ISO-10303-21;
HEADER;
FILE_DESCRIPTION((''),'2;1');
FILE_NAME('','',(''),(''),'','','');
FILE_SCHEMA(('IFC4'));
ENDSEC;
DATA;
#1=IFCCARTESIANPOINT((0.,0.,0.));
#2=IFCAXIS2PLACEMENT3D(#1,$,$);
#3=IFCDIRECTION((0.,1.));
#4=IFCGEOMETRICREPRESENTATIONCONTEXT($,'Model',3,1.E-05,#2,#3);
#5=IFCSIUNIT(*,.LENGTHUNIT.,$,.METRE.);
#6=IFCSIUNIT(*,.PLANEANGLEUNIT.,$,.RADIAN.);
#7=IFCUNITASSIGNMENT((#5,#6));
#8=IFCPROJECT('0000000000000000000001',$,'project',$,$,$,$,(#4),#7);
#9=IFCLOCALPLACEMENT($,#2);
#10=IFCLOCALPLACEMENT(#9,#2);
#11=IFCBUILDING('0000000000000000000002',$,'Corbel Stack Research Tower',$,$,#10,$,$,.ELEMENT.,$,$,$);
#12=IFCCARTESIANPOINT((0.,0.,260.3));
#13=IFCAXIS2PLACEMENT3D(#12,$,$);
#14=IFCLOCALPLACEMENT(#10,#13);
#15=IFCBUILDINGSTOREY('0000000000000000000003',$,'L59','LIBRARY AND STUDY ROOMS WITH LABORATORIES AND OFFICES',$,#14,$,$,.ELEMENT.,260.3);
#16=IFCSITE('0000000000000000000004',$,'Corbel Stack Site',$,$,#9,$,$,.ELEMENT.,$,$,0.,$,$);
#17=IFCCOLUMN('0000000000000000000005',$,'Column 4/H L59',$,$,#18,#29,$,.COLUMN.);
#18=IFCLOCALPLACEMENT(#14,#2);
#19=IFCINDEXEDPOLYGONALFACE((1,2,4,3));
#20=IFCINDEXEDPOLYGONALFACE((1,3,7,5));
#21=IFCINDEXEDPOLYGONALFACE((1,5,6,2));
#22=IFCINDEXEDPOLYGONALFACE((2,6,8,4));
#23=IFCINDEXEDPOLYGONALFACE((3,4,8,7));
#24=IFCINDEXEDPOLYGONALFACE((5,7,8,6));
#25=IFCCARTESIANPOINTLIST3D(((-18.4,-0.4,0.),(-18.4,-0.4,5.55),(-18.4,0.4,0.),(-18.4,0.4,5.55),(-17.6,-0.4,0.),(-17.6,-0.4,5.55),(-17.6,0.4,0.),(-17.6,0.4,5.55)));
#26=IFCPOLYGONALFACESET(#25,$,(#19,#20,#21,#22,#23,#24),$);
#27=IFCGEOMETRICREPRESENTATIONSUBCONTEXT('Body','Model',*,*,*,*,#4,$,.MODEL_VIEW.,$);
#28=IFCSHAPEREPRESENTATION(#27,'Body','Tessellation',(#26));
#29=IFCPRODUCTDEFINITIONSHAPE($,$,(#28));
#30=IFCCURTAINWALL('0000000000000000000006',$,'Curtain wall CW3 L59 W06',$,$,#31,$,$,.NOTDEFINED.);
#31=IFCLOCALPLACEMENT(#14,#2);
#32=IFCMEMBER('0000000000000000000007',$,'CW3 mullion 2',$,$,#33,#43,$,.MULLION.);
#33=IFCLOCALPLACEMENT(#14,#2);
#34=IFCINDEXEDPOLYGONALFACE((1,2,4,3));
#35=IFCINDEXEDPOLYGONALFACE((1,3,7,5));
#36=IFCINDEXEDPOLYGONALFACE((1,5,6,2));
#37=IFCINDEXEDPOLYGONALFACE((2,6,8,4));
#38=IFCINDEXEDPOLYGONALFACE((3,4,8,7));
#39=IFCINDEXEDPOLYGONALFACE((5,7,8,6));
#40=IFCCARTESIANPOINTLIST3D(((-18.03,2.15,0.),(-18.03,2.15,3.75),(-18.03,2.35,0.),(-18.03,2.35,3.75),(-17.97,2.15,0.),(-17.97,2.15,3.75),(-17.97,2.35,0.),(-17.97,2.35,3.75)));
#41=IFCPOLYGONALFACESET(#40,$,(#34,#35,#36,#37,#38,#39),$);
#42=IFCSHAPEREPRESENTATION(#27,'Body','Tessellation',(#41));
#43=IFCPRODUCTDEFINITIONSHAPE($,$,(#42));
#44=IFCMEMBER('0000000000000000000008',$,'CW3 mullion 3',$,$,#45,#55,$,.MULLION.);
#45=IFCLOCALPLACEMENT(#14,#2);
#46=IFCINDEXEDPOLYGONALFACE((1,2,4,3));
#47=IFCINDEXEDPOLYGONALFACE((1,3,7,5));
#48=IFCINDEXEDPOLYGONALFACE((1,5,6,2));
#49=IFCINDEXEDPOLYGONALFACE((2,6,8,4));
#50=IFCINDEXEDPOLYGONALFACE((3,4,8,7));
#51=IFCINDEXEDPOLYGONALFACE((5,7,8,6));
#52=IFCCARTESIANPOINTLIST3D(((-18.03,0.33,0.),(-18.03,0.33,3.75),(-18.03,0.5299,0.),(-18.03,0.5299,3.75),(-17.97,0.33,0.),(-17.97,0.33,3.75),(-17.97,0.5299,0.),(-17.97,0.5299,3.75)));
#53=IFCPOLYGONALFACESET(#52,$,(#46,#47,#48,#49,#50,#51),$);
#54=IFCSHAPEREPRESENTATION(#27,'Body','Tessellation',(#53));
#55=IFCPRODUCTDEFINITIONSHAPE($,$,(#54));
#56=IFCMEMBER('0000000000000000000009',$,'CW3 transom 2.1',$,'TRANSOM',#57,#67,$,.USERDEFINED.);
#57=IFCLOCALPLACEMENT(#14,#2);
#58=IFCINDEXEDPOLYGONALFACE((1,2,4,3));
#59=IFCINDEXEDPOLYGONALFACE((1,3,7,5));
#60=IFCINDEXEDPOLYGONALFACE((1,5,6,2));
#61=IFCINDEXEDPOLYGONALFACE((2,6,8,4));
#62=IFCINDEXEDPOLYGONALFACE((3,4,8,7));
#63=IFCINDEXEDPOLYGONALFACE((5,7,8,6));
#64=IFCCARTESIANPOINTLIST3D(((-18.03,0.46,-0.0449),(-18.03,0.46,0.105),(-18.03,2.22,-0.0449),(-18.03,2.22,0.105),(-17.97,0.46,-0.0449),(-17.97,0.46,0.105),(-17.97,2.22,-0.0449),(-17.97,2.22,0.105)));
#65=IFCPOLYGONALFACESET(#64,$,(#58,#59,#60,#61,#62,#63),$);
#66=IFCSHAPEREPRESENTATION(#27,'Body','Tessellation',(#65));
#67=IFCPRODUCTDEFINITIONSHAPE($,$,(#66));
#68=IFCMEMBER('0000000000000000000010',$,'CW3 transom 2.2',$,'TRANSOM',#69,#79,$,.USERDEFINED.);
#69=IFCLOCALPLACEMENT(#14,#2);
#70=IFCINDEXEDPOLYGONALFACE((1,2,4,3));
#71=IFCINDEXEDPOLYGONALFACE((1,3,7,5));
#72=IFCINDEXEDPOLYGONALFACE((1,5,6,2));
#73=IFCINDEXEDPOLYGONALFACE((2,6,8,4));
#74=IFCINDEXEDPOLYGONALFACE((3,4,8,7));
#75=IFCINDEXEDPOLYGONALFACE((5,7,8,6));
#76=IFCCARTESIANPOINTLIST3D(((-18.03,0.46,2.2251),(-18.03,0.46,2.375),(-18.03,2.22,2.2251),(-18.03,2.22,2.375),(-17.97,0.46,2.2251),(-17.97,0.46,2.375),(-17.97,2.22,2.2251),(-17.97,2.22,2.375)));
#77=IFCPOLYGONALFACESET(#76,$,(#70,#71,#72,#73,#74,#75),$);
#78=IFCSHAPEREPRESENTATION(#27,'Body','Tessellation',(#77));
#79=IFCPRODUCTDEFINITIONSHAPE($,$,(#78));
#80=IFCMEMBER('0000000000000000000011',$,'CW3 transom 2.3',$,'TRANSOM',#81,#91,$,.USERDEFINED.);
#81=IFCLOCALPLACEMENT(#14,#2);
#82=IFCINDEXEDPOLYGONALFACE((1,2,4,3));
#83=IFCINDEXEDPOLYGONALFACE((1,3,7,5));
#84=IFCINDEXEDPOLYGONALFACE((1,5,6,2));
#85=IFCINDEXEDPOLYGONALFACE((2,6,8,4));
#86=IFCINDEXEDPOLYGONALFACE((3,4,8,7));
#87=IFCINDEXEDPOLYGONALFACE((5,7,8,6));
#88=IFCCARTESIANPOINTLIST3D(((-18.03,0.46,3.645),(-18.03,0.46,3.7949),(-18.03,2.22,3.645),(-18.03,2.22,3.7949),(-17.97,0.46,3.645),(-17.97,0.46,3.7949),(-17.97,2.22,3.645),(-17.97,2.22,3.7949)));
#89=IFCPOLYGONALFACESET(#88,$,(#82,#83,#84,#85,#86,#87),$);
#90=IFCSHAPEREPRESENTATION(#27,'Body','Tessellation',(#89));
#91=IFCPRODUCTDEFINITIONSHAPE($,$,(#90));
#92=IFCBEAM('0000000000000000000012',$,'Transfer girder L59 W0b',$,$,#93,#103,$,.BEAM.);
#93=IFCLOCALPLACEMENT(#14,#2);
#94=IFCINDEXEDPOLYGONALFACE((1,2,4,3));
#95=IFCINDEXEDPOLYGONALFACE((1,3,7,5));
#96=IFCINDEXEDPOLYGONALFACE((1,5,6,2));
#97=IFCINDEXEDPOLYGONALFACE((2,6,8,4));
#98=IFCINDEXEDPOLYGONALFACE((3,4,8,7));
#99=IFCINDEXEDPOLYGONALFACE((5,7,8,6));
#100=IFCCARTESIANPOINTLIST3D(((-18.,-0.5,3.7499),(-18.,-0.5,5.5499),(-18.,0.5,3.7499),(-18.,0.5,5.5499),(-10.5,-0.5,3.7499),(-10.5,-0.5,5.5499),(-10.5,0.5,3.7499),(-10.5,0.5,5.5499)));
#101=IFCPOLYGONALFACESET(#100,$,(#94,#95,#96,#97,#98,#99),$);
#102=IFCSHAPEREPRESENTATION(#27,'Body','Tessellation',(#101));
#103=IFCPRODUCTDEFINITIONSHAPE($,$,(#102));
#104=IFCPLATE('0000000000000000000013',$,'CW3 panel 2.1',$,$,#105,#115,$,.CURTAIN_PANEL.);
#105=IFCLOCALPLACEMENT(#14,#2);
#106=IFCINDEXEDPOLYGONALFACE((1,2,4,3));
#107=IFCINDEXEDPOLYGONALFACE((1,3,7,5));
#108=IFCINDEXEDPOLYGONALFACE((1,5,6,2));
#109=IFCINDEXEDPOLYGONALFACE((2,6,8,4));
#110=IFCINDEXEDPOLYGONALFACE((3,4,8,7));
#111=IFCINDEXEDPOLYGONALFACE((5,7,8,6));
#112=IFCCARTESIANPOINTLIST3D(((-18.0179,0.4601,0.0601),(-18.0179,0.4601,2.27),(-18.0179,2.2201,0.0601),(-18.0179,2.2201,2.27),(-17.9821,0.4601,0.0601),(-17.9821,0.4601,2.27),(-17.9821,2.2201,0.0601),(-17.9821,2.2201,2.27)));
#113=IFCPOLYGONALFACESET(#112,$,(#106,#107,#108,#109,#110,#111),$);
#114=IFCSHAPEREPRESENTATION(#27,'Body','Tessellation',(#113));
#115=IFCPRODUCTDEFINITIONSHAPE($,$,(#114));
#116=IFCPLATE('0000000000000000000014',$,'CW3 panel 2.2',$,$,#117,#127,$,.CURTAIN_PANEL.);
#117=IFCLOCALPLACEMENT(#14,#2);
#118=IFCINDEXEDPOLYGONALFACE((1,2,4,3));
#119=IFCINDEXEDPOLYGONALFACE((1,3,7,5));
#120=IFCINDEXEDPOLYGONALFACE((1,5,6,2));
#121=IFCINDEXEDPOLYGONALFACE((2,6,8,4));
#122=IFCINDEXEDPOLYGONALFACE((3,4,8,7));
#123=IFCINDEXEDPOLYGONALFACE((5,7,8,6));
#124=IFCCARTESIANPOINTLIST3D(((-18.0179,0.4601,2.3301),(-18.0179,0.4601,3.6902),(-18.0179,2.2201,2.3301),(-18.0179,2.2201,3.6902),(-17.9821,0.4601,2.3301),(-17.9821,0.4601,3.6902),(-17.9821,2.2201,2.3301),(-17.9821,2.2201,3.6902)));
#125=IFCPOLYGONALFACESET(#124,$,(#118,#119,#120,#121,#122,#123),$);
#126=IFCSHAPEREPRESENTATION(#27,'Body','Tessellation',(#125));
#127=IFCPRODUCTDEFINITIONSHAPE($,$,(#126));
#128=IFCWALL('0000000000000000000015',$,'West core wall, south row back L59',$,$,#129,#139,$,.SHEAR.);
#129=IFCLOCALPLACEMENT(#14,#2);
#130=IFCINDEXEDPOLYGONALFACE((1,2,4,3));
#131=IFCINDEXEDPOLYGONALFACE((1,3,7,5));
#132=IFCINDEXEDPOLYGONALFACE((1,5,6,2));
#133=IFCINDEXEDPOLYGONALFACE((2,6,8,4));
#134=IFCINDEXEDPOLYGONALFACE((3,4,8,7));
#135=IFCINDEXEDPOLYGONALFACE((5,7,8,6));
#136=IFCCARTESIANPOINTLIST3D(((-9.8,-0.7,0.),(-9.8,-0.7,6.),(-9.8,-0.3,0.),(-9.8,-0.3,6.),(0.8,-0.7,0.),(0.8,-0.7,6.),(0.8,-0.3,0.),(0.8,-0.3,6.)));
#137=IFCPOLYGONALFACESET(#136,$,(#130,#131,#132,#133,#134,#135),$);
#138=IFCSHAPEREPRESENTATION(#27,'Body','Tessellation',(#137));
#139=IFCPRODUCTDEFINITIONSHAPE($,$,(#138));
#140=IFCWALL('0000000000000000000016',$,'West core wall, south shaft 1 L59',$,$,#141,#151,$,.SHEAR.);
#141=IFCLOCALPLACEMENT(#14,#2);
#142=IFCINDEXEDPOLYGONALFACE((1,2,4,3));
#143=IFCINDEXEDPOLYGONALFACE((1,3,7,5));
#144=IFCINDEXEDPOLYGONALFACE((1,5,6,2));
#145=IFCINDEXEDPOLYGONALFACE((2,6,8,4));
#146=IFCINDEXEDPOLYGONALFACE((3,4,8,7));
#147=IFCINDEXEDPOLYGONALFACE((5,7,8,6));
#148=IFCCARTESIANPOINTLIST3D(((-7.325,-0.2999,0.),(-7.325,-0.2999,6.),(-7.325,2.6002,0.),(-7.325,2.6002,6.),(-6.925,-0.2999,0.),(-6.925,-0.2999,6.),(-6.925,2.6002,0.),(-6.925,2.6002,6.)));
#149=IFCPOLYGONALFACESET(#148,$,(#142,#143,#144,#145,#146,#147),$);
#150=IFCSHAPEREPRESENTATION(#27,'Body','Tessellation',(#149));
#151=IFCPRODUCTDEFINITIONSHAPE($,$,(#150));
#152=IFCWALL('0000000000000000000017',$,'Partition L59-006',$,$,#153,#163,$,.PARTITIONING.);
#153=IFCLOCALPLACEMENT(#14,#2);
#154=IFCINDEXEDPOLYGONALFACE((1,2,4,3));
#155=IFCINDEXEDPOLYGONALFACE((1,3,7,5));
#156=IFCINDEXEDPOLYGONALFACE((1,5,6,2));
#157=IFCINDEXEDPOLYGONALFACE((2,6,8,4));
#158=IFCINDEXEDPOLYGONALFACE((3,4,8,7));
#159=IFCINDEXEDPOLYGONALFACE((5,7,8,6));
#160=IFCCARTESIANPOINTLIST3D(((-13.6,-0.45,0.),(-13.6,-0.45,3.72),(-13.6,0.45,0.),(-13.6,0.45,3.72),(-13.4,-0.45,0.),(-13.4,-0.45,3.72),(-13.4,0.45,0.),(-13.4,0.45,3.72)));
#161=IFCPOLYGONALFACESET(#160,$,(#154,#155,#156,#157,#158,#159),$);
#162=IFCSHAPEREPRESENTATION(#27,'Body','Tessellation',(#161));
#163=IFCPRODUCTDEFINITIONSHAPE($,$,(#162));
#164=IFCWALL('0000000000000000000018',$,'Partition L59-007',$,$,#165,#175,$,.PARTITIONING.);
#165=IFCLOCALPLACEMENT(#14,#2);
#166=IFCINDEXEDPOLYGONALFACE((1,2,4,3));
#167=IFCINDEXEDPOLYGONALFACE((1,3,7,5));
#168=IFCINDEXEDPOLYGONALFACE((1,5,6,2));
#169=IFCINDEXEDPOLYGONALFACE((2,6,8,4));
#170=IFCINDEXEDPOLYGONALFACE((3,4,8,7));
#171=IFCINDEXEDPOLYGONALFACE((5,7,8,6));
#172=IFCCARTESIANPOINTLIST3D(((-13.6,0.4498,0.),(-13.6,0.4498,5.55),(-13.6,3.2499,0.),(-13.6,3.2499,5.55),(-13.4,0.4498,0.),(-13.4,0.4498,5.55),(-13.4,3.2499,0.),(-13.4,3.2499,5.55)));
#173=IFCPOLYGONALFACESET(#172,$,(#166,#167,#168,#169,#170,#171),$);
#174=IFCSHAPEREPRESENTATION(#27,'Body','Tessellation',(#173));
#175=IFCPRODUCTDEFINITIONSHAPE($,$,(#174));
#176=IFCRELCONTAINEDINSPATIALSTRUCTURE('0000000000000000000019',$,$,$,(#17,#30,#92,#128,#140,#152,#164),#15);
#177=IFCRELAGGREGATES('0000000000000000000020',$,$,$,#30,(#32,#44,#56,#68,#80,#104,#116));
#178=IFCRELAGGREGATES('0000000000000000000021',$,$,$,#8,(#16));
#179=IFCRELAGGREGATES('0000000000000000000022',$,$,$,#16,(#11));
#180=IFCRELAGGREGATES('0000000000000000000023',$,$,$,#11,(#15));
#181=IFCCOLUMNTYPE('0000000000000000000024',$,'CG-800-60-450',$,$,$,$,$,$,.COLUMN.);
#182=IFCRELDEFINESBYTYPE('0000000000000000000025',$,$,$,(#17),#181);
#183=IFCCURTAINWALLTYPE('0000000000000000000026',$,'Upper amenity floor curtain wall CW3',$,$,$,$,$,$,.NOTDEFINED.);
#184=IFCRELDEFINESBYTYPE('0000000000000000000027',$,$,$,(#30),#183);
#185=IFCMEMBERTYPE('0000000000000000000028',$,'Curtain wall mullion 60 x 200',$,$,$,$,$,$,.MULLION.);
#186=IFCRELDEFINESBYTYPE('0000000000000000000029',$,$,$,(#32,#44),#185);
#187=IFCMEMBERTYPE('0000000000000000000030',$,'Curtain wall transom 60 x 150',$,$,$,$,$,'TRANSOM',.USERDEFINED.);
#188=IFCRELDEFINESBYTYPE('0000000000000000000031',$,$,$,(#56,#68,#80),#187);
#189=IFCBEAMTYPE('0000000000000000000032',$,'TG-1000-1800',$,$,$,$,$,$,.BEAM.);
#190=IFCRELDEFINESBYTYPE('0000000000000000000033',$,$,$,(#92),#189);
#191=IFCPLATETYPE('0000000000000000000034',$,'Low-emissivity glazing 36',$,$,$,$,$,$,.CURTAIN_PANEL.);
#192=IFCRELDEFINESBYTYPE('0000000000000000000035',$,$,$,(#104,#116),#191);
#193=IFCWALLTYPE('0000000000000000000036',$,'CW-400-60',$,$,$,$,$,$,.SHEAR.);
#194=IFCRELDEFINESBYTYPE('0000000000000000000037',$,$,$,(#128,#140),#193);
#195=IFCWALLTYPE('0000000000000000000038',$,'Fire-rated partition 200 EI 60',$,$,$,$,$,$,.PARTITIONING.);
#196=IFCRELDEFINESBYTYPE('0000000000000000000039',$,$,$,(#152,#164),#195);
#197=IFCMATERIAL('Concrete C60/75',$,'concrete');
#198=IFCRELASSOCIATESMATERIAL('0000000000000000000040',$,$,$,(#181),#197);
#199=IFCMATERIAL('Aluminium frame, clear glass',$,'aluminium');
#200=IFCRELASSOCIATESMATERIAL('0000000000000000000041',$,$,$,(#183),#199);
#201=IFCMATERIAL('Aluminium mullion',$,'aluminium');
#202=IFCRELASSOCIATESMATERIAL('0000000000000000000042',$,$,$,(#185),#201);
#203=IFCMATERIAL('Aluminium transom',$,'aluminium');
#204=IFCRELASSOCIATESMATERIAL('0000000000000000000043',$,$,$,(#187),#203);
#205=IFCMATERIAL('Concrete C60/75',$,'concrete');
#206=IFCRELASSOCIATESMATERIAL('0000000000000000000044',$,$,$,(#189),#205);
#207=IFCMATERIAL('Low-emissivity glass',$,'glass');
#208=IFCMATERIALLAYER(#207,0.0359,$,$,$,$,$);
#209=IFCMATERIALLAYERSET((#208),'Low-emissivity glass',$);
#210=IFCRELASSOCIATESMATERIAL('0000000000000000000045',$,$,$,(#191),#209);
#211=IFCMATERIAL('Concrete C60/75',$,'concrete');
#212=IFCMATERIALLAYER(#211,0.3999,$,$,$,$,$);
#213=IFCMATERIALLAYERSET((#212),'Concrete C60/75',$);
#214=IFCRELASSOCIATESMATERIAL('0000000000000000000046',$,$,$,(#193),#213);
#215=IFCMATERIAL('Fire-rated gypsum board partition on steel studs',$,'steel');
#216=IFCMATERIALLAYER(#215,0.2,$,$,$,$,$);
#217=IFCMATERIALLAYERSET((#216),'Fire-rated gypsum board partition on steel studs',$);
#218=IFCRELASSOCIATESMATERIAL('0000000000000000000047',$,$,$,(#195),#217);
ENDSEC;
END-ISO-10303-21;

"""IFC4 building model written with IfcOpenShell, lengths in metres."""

from ifc_helpers import new_model, si_unit, direction, frame, frame_2d, origin, origin_2d, place, context, subcontext, project, spatial, rectangle, extrude, material, layer, layer_set, material_profile, profile_set, type_object, element, aggregate, save


model = new_model("IFC4")

# Units and contexts
model_context = context("Model", 3, precision=1e-05, world=origin(), true_north=direction((0.0, 1.0)))
body_context = subcontext(model_context, "Body", "Model", "MODEL_VIEW")
ifc_project = project(units=[si_unit("LENGTHUNIT", "METRE"), si_unit("PLANEANGLEUNIT", "RADIAN")], contexts=[model_context])

# Site, building, storey
site_placement = place(None, origin())
site = spatial("IfcSite", under=ifc_project, at=site_placement, Name="Corbel Stack Site", CompositionType="ELEMENT", RefElevation=0.0)
building_placement = place(site_placement, origin())
building = spatial("IfcBuilding", under=site, at=building_placement, Name="Corbel Stack Research Tower", CompositionType="ELEMENT")
storey_placement = place(building_placement, frame((0.0, 0.0, 260.3)))
storey = spatial("IfcBuildingStorey", under=building, at=storey_placement, Name="L59", Description="LIBRARY AND STUDY ROOMS WITH LABORATORIES AND OFFICES", CompositionType="ELEMENT", Elevation=260.3)

# Column
ifc_material_1 = material(Name="Concrete C60/75", Category="concrete")
ifc_material_profile_1 = material_profile(ifc_material_1, rectangle(XDim=0.8, YDim=0.8, at=origin_2d()), Name="RC 800 x 800")
ifc_profile_set_1 = profile_set([ifc_material_profile_1], Name="Concrete C60/75")
column_type = type_object("IfcColumnType", Name="CG-800-60-450", PredefinedType="COLUMN", material=ifc_profile_set_1)
column_placement = place(storey_placement, frame((-18.0, 0.0, 0.0), z_axis=(0.0, 0.0, 1.0), x_axis=(1.0, 0.0, 0.0)))
element("IfcColumn", 1, at=column_placement, inside=storey, type_object=column_type, Name="Column 4/H L59", PredefinedType="COLUMN", context=body_context, shape_type="SweptSolid", body=[
    extrude(rectangle(XDim=0.8, YDim=0.8, at=origin_2d()), origin(), (0.0, 0.0, 1.0), 5.55),
])

# Curtain wall, members
ifc_material_2 = material(Name="Aluminium frame, clear glass", Category="aluminium")
curtain_wall_type = type_object("IfcCurtainWallType", Name="Upper amenity floor curtain wall CW3", PredefinedType="NOTDEFINED", material=ifc_material_2)
curtain_wall_placement = place(storey_placement, origin())
curtain_wall = element("IfcCurtainWall", 2, at=curtain_wall_placement, inside=storey, type_object=curtain_wall_type, Name="Curtain wall CW3 L59 W06", PredefinedType="NOTDEFINED")
ifc_material_3 = material(Name="Aluminium mullion", Category="aluminium")
ifc_material_profile_2 = material_profile(ifc_material_3, rectangle(XDim=0.0601, YDim=0.2, at=origin_2d()), Name="Mullion 60 x 200")
ifc_profile_set_2 = profile_set([ifc_material_profile_2], Name="Aluminium mullion")
member_type_1 = type_object("IfcMemberType", Name="Curtain wall mullion 60 x 200", PredefinedType="MULLION", material=ifc_profile_set_2)
member_1_placement = place(storey_placement, frame((-18.0, 2.25, 0.0), z_axis=(0.0, 0.0, 1.0), x_axis=(1.0, 0.0, 0.0)))
member_1 = element("IfcMember", 3, at=member_1_placement, type_object=member_type_1, Name="CW3 mullion 2", PredefinedType="MULLION", context=body_context, shape_type="SweptSolid", body=[
    extrude(rectangle(XDim=0.0601, YDim=0.2, at=origin_2d()), origin(), (0.0, 0.0, 1.0), 3.75),
])
member_2_placement = place(storey_placement, frame((-18.0, 0.4299, 0.0), z_axis=(0.0, 0.0, 1.0), x_axis=(1.0, 0.0, 0.0)))
member_2 = element("IfcMember", 4, at=member_2_placement, type_object=member_type_1, Name="CW3 mullion 3", PredefinedType="MULLION", context=body_context, shape_type="SweptSolid", body=[
    extrude(rectangle(XDim=0.0601, YDim=0.2, at=origin_2d()), origin(), (0.0, 0.0, 1.0), 3.75),
])
ifc_material_4 = material(Name="Aluminium transom", Category="aluminium")
ifc_material_profile_3 = material_profile(ifc_material_4, rectangle(XDim=0.0601, YDim=0.1499, at=origin_2d()), Name="Transom 60 x 150")
ifc_profile_set_3 = profile_set([ifc_material_profile_3], Name="Aluminium transom")
member_type_2 = type_object("IfcMemberType", Name="Curtain wall transom 60 x 150", ElementType="TRANSOM", PredefinedType="USERDEFINED", material=ifc_profile_set_3)
member_3_placement = place(storey_placement, frame((-18.0, 2.22, 0.03), z_axis=(0.0, -1.0, 0.0), x_axis=(1.0, 0.0, 0.0)))
member_3 = element("IfcMember", 5, at=member_3_placement, type_object=member_type_2, Name="CW3 transom 2.1", ObjectType="TRANSOM", PredefinedType="USERDEFINED", context=body_context, shape_type="SweptSolid", body=[
    extrude(rectangle(XDim=0.0601, YDim=0.1499, at=origin_2d()), origin(), (0.0, 0.0, 1.0), 1.76),
])
member_4_placement = place(storey_placement, frame((-18.0, 2.22, 2.3), z_axis=(0.0, -1.0, 0.0), x_axis=(1.0, 0.0, 0.0)))
member_4 = element("IfcMember", 6, at=member_4_placement, type_object=member_type_2, Name="CW3 transom 2.2", ObjectType="TRANSOM", PredefinedType="USERDEFINED", context=body_context, shape_type="SweptSolid", body=[
    extrude(rectangle(XDim=0.0601, YDim=0.1499, at=origin_2d()), origin(), (0.0, 0.0, 1.0), 1.76),
])
member_5_placement = place(storey_placement, frame((-18.0, 2.22, 3.72), z_axis=(0.0, -1.0, 0.0), x_axis=(1.0, 0.0, 0.0)))
member_5 = element("IfcMember", 7, at=member_5_placement, type_object=member_type_2, Name="CW3 transom 2.3", ObjectType="TRANSOM", PredefinedType="USERDEFINED", context=body_context, shape_type="SweptSolid", body=[
    extrude(rectangle(XDim=0.0601, YDim=0.1499, at=origin_2d()), origin(), (0.0, 0.0, 1.0), 1.76),
])

# Beam
ifc_material_5 = material(Name="Concrete C60/75", Category="concrete")
ifc_material_profile_4 = material_profile(ifc_material_5, rectangle(XDim=1.0, YDim=1.8, at=origin_2d()), Name="RC 1000 x 1800")
ifc_profile_set_4 = profile_set([ifc_material_profile_4], Name="Concrete C60/75")
beam_type = type_object("IfcBeamType", Name="TG-1000-1800", PredefinedType="BEAM", material=ifc_profile_set_4)
beam_placement = place(storey_placement, frame((-18.0, 0.0, 4.6499), z_axis=(1.0, 0.0, 0.0), x_axis=(0.0, 1.0, 0.0)))
element("IfcBeam", 8, at=beam_placement, inside=storey, type_object=beam_type, Name="Transfer girder L59 W0b", PredefinedType="BEAM", context=body_context, shape_type="SweptSolid", body=[
    extrude(rectangle(XDim=1.0, YDim=1.8, at=origin_2d()), origin(), (0.0, 0.0, 1.0), 7.5),
])

# Plates
ifc_material_6 = material(Name="Low-emissivity glass", Category="glass")
ifc_layer_1 = layer(ifc_material_6, 0.0359)
ifc_layer_set_1 = layer_set([ifc_layer_1], Name="Low-emissivity glass")
plate_type = type_object("IfcPlateType", Name="Low-emissivity glazing 36", PredefinedType="CURTAIN_PANEL", material=ifc_layer_set_1)
plate_1_placement = place(storey_placement, frame((-18.0, 1.3401, 0.0601), z_axis=(0.0, 0.0, 1.0), x_axis=(0.0, -1.0, 0.0)))
plate_1 = element("IfcPlate", 9, at=plate_1_placement, type_object=plate_type, Name="CW3 panel 2.1", PredefinedType="CURTAIN_PANEL", context=body_context, shape_type="SweptSolid", body=[
    extrude(rectangle(XDim=1.76, YDim=0.0359, at=origin_2d()), origin(), (0.0, 0.0, 1.0), 2.21),
])
plate_2_placement = place(storey_placement, frame((-18.0, 1.3401, 2.3301), z_axis=(0.0, 0.0, 1.0), x_axis=(0.0, -1.0, 0.0)))
plate_2 = element("IfcPlate", 10, at=plate_2_placement, type_object=plate_type, Name="CW3 panel 2.2", PredefinedType="CURTAIN_PANEL", context=body_context, shape_type="SweptSolid", body=[
    extrude(rectangle(XDim=1.76, YDim=0.0359, at=origin_2d()), origin(), (0.0, 0.0, 1.0), 1.3601),
])
aggregate(curtain_wall, [member_1, member_2, member_3, member_4, member_5, plate_1, plate_2])

# Walls
ifc_material_7 = material(Name="Concrete C60/75", Category="concrete")
ifc_layer_2 = layer(ifc_material_7, 0.3999)
ifc_layer_set_2 = layer_set([ifc_layer_2], Name="Concrete C60/75")
wall_type_1 = type_object("IfcWallType", Name="CW-400-60", PredefinedType="SHEAR", material=ifc_layer_set_2)
wall_1_placement = place(storey_placement, frame((-9.8, -0.5, 0.0), z_axis=(0.0, 0.0, 1.0), x_axis=(1.0, 0.0, 0.0)))
element("IfcWall", 11, at=wall_1_placement, inside=storey, type_object=wall_type_1, Name="West core wall, south row back L59", PredefinedType="SHEAR", context=body_context, shape_type="SweptSolid", body=[
    extrude(rectangle(XDim=10.6001, YDim=0.3999, at=frame_2d((5.3, 0.0))), origin(), (0.0, 0.0, 1.0), 6.0),
])
wall_2_placement = place(storey_placement, frame((-7.125, -0.3, 0.0), z_axis=(0.0, 0.0, 1.0), x_axis=(0.0, 1.0, 0.0)))
element("IfcWall", 12, at=wall_2_placement, inside=storey, type_object=wall_type_1, Name="West core wall, south shaft 1 L59", PredefinedType="SHEAR", context=body_context, shape_type="SweptSolid", body=[
    extrude(rectangle(XDim=2.9001, YDim=0.3999, at=frame_2d((1.4502, 0.0))), origin(), (0.0, 0.0, 1.0), 6.0),
])
ifc_material_8 = material(Name="Fire-rated gypsum board partition on steel studs", Category="steel")
ifc_layer_3 = layer(ifc_material_8, 0.2)
ifc_layer_set_3 = layer_set([ifc_layer_3], Name="Fire-rated gypsum board partition on steel studs")
wall_type_2 = type_object("IfcWallType", Name="Fire-rated partition 200 EI 60", PredefinedType="PARTITIONING", material=ifc_layer_set_3)
wall_3_placement = place(storey_placement, frame((-13.5, -0.45, 0.0), z_axis=(0.0, 0.0, 1.0), x_axis=(0.0, 1.0, 0.0)))
element("IfcWall", 13, at=wall_3_placement, inside=storey, type_object=wall_type_2, Name="Partition L59-006", PredefinedType="PARTITIONING", context=body_context, shape_type="SweptSolid", body=[
    extrude(rectangle(XDim=0.8999, YDim=0.2, at=frame_2d((0.45, 0.0))), origin(), (0.0, 0.0, 1.0), 3.72),
])
wall_4_placement = place(storey_placement, frame((-13.5, 0.45, 0.0), z_axis=(0.0, 0.0, 1.0), x_axis=(0.0, 1.0, 0.0)))
element("IfcWall", 14, at=wall_4_placement, inside=storey, type_object=wall_type_2, Name="Partition L59-007", PredefinedType="PARTITIONING", context=body_context, shape_type="SweptSolid", body=[
    extrude(rectangle(XDim=2.8, YDim=0.2, at=frame_2d((1.3999, 0.0))), origin(), (0.0, 0.0, 1.0), 5.55),
])

save(model, "model.ifc")
